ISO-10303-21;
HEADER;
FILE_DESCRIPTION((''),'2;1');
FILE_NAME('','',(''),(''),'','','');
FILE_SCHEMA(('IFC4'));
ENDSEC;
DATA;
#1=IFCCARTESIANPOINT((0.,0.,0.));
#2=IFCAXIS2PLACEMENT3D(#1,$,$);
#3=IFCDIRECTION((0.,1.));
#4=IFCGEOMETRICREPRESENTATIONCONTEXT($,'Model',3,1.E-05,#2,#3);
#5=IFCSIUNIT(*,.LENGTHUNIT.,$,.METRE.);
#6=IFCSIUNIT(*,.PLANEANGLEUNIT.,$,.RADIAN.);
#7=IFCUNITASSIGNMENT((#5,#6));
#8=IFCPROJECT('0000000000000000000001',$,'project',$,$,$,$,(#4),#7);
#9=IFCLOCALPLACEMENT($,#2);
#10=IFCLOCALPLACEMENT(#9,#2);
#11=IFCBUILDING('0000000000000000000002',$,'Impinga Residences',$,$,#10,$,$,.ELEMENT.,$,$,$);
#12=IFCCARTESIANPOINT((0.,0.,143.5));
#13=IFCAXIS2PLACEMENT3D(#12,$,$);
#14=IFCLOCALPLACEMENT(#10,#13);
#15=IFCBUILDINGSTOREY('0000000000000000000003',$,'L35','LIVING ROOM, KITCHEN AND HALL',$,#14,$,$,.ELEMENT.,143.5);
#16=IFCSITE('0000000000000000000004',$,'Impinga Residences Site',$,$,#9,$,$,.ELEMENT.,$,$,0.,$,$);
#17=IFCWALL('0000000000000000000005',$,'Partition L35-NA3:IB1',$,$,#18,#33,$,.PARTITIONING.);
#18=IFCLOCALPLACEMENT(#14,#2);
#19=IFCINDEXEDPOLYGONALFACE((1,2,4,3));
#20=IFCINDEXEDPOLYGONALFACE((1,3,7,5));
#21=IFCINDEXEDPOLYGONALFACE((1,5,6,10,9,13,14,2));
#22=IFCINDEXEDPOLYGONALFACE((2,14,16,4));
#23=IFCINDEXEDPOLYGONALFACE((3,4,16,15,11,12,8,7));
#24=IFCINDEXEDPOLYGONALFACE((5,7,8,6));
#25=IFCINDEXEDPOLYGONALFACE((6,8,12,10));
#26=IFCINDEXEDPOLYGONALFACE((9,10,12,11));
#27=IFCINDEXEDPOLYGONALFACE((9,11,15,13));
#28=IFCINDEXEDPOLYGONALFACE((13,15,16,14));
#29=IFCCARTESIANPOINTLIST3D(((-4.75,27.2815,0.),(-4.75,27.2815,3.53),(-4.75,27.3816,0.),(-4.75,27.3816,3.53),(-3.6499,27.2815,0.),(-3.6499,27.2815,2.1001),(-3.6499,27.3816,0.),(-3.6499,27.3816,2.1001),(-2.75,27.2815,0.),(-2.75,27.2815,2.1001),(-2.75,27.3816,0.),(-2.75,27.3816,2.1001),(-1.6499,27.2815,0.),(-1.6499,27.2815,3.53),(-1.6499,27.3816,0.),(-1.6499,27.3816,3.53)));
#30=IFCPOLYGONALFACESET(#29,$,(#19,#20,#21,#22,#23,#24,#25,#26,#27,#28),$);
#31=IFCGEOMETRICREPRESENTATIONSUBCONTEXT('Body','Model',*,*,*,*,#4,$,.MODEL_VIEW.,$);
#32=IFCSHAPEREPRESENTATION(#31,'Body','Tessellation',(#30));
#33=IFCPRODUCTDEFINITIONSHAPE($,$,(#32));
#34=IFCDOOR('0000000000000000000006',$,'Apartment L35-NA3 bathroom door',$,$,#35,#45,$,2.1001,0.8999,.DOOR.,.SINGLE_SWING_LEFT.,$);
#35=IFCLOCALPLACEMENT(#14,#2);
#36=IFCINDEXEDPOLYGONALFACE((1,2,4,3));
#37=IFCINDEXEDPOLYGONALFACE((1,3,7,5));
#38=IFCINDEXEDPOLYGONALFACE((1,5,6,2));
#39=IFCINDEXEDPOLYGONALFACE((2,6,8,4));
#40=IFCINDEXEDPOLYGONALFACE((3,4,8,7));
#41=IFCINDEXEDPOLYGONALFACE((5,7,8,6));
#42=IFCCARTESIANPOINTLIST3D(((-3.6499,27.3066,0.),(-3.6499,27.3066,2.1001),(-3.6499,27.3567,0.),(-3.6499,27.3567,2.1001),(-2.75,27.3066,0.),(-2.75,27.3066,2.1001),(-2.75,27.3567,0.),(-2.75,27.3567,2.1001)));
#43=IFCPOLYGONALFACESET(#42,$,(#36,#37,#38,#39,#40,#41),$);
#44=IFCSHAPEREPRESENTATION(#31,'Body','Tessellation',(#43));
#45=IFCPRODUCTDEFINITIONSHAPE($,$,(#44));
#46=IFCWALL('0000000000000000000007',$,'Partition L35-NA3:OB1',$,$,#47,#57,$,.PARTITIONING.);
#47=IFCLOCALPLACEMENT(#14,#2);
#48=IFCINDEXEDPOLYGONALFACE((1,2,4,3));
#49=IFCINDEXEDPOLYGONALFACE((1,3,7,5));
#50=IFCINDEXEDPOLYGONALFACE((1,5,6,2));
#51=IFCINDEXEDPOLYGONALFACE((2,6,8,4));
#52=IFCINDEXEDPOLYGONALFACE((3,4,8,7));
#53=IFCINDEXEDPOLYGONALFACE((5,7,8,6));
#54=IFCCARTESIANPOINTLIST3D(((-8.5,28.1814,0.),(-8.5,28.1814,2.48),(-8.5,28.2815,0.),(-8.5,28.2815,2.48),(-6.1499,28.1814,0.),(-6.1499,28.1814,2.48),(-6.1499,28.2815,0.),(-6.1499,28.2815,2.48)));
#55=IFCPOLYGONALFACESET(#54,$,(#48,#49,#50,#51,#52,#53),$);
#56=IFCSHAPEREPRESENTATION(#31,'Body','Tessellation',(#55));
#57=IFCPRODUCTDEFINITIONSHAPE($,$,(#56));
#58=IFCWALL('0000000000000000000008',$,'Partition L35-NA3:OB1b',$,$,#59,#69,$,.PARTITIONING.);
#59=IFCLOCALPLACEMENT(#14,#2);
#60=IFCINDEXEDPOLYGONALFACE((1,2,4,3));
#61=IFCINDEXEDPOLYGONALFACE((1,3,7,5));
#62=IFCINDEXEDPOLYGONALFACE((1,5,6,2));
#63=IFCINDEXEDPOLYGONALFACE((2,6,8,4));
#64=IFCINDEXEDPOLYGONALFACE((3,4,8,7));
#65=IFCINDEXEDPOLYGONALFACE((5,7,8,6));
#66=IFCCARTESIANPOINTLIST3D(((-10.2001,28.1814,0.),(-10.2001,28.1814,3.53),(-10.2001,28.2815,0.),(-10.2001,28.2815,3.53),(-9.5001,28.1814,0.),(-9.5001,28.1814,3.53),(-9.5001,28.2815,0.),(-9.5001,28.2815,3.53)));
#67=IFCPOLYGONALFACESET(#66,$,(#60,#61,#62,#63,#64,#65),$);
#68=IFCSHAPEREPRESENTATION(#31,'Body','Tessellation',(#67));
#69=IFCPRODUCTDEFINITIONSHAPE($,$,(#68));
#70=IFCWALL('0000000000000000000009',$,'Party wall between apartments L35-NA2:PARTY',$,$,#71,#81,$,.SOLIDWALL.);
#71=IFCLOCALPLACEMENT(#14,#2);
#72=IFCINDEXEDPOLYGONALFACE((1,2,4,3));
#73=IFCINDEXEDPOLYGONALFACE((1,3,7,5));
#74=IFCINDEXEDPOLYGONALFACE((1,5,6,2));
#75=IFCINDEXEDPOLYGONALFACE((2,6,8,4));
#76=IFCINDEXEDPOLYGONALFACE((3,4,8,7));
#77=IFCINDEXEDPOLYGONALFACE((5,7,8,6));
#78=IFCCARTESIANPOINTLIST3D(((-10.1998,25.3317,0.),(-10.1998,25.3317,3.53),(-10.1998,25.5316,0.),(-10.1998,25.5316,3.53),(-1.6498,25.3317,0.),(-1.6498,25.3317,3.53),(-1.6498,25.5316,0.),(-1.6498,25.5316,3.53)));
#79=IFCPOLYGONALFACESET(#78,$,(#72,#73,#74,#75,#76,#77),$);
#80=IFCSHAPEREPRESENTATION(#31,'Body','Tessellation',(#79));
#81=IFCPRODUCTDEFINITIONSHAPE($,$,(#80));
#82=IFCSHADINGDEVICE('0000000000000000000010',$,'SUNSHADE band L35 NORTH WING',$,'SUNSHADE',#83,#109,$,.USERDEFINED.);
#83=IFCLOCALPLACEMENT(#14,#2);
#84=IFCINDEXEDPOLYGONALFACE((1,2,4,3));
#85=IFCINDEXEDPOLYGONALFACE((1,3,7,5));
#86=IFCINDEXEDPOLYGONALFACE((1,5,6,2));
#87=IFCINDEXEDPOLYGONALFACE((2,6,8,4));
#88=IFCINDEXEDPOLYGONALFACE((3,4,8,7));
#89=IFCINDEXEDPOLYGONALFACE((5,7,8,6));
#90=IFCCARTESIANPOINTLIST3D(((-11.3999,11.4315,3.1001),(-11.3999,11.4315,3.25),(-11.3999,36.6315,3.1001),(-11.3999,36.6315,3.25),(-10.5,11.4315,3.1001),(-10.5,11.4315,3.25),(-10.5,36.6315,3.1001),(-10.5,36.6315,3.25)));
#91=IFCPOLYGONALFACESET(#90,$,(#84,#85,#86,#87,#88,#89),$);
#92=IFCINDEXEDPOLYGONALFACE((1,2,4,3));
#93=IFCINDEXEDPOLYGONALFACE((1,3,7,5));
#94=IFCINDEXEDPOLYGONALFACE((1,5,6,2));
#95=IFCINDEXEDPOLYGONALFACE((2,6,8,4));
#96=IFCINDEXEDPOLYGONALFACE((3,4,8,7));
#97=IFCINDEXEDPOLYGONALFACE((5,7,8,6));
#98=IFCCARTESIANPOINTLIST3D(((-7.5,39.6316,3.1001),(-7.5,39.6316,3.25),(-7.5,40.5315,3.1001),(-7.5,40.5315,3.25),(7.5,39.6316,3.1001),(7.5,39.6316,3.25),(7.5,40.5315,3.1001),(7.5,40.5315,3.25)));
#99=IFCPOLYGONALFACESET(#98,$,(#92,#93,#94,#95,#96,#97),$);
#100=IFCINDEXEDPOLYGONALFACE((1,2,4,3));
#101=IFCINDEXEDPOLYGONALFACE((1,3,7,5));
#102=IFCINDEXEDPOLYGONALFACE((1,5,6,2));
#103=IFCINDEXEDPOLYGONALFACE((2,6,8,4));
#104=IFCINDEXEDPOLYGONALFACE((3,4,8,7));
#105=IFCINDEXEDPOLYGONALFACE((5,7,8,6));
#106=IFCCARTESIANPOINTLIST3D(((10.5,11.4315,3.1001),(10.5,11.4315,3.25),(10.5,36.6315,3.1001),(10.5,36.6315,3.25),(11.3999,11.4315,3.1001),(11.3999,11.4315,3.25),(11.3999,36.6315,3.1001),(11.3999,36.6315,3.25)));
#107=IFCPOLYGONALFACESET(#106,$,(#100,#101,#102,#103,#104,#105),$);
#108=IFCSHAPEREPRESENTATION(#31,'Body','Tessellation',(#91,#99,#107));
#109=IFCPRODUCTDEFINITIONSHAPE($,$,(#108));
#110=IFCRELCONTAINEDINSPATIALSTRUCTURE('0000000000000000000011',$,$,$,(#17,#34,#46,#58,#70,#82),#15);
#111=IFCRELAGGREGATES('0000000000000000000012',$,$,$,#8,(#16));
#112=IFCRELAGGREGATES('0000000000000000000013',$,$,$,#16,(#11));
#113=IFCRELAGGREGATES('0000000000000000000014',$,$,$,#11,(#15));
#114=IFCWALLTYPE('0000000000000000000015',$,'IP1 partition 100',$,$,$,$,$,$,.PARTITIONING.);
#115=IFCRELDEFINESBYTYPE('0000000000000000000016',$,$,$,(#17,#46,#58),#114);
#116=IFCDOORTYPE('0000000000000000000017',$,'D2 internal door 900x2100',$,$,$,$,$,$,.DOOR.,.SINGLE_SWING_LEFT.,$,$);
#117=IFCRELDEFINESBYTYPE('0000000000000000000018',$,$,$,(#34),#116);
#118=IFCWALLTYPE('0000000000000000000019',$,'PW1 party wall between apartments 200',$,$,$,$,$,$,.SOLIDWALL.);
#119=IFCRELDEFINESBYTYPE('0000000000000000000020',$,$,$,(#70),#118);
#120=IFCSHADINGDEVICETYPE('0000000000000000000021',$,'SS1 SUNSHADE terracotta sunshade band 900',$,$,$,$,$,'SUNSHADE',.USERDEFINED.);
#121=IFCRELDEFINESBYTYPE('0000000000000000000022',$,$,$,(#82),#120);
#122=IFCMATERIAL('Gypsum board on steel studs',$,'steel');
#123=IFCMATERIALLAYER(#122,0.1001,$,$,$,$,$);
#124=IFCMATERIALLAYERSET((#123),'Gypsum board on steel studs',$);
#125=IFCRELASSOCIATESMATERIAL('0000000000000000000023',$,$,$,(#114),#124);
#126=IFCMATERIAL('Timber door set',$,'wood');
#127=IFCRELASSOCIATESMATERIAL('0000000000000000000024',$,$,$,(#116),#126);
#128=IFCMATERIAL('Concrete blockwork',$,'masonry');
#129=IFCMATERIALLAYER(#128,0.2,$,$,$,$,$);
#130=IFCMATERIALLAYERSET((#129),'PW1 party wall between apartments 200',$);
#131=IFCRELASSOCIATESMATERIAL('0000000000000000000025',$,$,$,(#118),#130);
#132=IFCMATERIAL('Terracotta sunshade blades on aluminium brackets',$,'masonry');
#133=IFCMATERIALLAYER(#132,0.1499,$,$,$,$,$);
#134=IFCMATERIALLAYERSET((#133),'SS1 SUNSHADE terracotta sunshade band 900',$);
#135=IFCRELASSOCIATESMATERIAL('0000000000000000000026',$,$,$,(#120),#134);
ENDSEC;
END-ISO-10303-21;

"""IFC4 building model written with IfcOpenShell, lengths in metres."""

from ifc_helpers import new_model, si_unit, direction, frame, frame_2d, origin, origin_2d, place, context, subcontext, project, spatial, rectangle, extrude, material, layer, layer_set, type_object, element, fill, save


model = new_model("IFC4")

# Units and contexts
model_context = context("Model", 3, precision=1e-05, world=origin(), true_north=direction((0.0, 1.0)))
body_context = subcontext(model_context, "Body", "Model", "MODEL_VIEW")
ifc_project = project(units=[si_unit("LENGTHUNIT", "METRE"), si_unit("PLANEANGLEUNIT", "RADIAN")], contexts=[model_context])

# Site, building, storey
site_placement = place(None, origin())
site = spatial("IfcSite", under=ifc_project, at=site_placement, Name="Impinga Residences Site", CompositionType="ELEMENT", RefElevation=0.0)
building_placement = place(site_placement, origin())
building = spatial("IfcBuilding", under=site, at=building_placement, Name="Impinga Residences", CompositionType="ELEMENT")
storey_placement = place(building_placement, frame((0.0, 0.0, 143.5)))
storey = spatial("IfcBuildingStorey", under=building, at=storey_placement, Name="L35", Description="LIVING ROOM, KITCHEN AND HALL", CompositionType="ELEMENT", Elevation=143.5)

# Shared definitions
ifc_material_1 = material(Name="Concrete blockwork", Category="masonry")
ifc_material_2 = material(Name="Timber door set", Category="wood")

# Shared definitions
ifc_material_3 = material(Name="Gypsum board on steel studs", Category="steel")
ifc_layer_1 = layer(ifc_material_3, 0.1001)
ifc_layer_set_1 = layer_set([ifc_layer_1], Name="Gypsum board on steel studs")
wall_type_1 = type_object("IfcWallType", Name="IP1 partition 100", PredefinedType="PARTITIONING", material=ifc_layer_set_1)

# Shared definitions
door_type_1 = type_object("IfcDoorType", Name="D2 internal door 900x2100", OperationType="SINGLE_SWING_LEFT", PredefinedType="DOOR", material=ifc_material_2)

# Wall, opening, door
wall_1_placement = place(storey_placement, frame((-1.6499, 27.3315, 0.0), z_axis=(0.0, 0.0, 1.0), x_axis=(-1.0, 0.0, 0.0)))
wall_1 = element("IfcWall", 1, at=wall_1_placement, inside=storey, type_object=wall_type_1, Name="Partition L35-NA3:IB1", PredefinedType="PARTITIONING", context=body_context, shape_type="SweptSolid", body=[
    extrude(rectangle(XDim=3.1001, YDim=0.1001, at=frame_2d((1.55, 0.0))), origin(), (0.0, 0.0, 1.0), 3.53),
])
opening_1_placement = place(wall_1_placement, frame((1.1001, 0.0, 0.0)))
opening_1 = element("IfcOpeningElement", 2, at=opening_1_placement, cuts=wall_1, PredefinedType="OPENING", context=body_context, shape_type="SweptSolid", body=[
    extrude(rectangle(XDim=0.8999, YDim=2.1001, at=frame_2d((0.45, 1.05))), frame((0.0, 0.0601, 0.0), z_axis=(0.0, -1.0, 0.0), x_axis=(1.0, 0.0, 0.0)), (0.0, 0.0, 1.0), 0.1201),
])
door_1_placement = place(opening_1_placement, origin())
door_1 = element("IfcDoor", 3, at=door_1_placement, inside=storey, type_object=door_type_1, Name="Apartment L35-NA3 bathroom door", OperationType="SINGLE_SWING_LEFT", OverallHeight=2.1001, OverallWidth=0.8999, PredefinedType="DOOR", context=body_context, shape_type="SweptSolid", body=[
    extrude(rectangle(XDim=0.8999, YDim=2.1001, at=frame_2d((0.45, 1.05))), frame((0.0, 0.0249, 0.0), z_axis=(0.0, -1.0, 0.0), x_axis=(1.0, 0.0, 0.0)), (0.0, 0.0, 1.0), 0.05),
])
fill(opening_1, door_1)

# Walls
wall_2_placement = place(storey_placement, frame((-6.1499, 28.2314, 0.0), z_axis=(0.0, 0.0, 1.0), x_axis=(-1.0, 0.0, 0.0)))
element("IfcWall", 4, at=wall_2_placement, inside=storey, type_object=wall_type_1, Name="Partition L35-NA3:OB1", PredefinedType="PARTITIONING", context=body_context, shape_type="SweptSolid", body=[
    extrude(rectangle(XDim=2.3501, YDim=0.1001, at=frame_2d((1.175, 0.0))), origin(), (0.0, 0.0, 1.0), 2.48),
])
wall_3_placement = place(storey_placement, frame((-9.5, 28.2314, 0.0), z_axis=(0.0, 0.0, 1.0), x_axis=(-1.0, 0.0, 0.0)))
element("IfcWall", 5, at=wall_3_placement, inside=storey, type_object=wall_type_1, Name="Partition L35-NA3:OB1b", PredefinedType="PARTITIONING", context=body_context, shape_type="SweptSolid", body=[
    extrude(rectangle(XDim=0.7, YDim=0.1001, at=frame_2d((0.3501, 0.0))), origin(), (0.0, 0.0, 1.0), 3.53),
])
ifc_layer_2 = layer(ifc_material_1, 0.2)
ifc_layer_set_2 = layer_set([ifc_layer_2], Name="PW1 party wall between apartments 200")
wall_type_2 = type_object("IfcWallType", Name="PW1 party wall between apartments 200", PredefinedType="SOLIDWALL", material=ifc_layer_set_2)
wall_4_placement = place(storey_placement, frame((-1.6499, 25.4316, 0.0), z_axis=(0.0, 0.0, 1.0), x_axis=(-1.0, 0.0, 0.0)))
element("IfcWall", 6, at=wall_4_placement, inside=storey, type_object=wall_type_2, Name="Party wall between apartments L35-NA2:PARTY", PredefinedType="SOLIDWALL", context=body_context, shape_type="SweptSolid", body=[
    extrude(rectangle(XDim=8.55, YDim=0.2, at=frame_2d((4.2749, 0.0))), origin(), (0.0, 0.0, 1.0), 3.53),
])

# Shading device
ifc_material_4 = material(Name="Terracotta sunshade blades on aluminium brackets", Category="masonry")
ifc_layer_3 = layer(ifc_material_4, 0.1499)
ifc_layer_set_3 = layer_set([ifc_layer_3], Name="SS1 SUNSHADE terracotta sunshade band 900")
shading_device_type = type_object("IfcShadingDeviceType", Name="SS1 SUNSHADE terracotta sunshade band 900", ElementType="SUNSHADE", PredefinedType="USERDEFINED", material=ifc_layer_set_3)
shading_device_placement = place(storey_placement, frame((-10.95, 24.0315, 3.1001), z_axis=(0.0, 0.0, 1.0), x_axis=(0.0, 1.0, 0.0)))
element("IfcShadingDevice", 7, at=shading_device_placement, inside=storey, type_object=shading_device_type, Name="SUNSHADE band L35 NORTH WING", ObjectType="SUNSHADE", PredefinedType="USERDEFINED", context=body_context, shape_type="SweptSolid", body=[
    extrude(rectangle(XDim=25.2, YDim=0.8999, at=origin_2d()), origin(), (0.0, 0.0, 1.0), 0.1499),
    extrude(rectangle(XDim=15.0, YDim=0.8999, at=origin_2d()), frame((16.05, -10.95, 0.0), z_axis=(0.0, 0.0, 1.0), x_axis=(0.0, -1.0, 0.0)), (0.0, 0.0, 1.0), 0.1499),
    extrude(rectangle(XDim=25.2, YDim=0.8999, at=origin_2d()), frame((0.0, -21.8999, 0.0), z_axis=(0.0, 0.0, 1.0), x_axis=(-1.0, 0.0, 0.0)), (0.0, 0.0, 1.0), 0.1499),
])

save(model, "model.ifc")
